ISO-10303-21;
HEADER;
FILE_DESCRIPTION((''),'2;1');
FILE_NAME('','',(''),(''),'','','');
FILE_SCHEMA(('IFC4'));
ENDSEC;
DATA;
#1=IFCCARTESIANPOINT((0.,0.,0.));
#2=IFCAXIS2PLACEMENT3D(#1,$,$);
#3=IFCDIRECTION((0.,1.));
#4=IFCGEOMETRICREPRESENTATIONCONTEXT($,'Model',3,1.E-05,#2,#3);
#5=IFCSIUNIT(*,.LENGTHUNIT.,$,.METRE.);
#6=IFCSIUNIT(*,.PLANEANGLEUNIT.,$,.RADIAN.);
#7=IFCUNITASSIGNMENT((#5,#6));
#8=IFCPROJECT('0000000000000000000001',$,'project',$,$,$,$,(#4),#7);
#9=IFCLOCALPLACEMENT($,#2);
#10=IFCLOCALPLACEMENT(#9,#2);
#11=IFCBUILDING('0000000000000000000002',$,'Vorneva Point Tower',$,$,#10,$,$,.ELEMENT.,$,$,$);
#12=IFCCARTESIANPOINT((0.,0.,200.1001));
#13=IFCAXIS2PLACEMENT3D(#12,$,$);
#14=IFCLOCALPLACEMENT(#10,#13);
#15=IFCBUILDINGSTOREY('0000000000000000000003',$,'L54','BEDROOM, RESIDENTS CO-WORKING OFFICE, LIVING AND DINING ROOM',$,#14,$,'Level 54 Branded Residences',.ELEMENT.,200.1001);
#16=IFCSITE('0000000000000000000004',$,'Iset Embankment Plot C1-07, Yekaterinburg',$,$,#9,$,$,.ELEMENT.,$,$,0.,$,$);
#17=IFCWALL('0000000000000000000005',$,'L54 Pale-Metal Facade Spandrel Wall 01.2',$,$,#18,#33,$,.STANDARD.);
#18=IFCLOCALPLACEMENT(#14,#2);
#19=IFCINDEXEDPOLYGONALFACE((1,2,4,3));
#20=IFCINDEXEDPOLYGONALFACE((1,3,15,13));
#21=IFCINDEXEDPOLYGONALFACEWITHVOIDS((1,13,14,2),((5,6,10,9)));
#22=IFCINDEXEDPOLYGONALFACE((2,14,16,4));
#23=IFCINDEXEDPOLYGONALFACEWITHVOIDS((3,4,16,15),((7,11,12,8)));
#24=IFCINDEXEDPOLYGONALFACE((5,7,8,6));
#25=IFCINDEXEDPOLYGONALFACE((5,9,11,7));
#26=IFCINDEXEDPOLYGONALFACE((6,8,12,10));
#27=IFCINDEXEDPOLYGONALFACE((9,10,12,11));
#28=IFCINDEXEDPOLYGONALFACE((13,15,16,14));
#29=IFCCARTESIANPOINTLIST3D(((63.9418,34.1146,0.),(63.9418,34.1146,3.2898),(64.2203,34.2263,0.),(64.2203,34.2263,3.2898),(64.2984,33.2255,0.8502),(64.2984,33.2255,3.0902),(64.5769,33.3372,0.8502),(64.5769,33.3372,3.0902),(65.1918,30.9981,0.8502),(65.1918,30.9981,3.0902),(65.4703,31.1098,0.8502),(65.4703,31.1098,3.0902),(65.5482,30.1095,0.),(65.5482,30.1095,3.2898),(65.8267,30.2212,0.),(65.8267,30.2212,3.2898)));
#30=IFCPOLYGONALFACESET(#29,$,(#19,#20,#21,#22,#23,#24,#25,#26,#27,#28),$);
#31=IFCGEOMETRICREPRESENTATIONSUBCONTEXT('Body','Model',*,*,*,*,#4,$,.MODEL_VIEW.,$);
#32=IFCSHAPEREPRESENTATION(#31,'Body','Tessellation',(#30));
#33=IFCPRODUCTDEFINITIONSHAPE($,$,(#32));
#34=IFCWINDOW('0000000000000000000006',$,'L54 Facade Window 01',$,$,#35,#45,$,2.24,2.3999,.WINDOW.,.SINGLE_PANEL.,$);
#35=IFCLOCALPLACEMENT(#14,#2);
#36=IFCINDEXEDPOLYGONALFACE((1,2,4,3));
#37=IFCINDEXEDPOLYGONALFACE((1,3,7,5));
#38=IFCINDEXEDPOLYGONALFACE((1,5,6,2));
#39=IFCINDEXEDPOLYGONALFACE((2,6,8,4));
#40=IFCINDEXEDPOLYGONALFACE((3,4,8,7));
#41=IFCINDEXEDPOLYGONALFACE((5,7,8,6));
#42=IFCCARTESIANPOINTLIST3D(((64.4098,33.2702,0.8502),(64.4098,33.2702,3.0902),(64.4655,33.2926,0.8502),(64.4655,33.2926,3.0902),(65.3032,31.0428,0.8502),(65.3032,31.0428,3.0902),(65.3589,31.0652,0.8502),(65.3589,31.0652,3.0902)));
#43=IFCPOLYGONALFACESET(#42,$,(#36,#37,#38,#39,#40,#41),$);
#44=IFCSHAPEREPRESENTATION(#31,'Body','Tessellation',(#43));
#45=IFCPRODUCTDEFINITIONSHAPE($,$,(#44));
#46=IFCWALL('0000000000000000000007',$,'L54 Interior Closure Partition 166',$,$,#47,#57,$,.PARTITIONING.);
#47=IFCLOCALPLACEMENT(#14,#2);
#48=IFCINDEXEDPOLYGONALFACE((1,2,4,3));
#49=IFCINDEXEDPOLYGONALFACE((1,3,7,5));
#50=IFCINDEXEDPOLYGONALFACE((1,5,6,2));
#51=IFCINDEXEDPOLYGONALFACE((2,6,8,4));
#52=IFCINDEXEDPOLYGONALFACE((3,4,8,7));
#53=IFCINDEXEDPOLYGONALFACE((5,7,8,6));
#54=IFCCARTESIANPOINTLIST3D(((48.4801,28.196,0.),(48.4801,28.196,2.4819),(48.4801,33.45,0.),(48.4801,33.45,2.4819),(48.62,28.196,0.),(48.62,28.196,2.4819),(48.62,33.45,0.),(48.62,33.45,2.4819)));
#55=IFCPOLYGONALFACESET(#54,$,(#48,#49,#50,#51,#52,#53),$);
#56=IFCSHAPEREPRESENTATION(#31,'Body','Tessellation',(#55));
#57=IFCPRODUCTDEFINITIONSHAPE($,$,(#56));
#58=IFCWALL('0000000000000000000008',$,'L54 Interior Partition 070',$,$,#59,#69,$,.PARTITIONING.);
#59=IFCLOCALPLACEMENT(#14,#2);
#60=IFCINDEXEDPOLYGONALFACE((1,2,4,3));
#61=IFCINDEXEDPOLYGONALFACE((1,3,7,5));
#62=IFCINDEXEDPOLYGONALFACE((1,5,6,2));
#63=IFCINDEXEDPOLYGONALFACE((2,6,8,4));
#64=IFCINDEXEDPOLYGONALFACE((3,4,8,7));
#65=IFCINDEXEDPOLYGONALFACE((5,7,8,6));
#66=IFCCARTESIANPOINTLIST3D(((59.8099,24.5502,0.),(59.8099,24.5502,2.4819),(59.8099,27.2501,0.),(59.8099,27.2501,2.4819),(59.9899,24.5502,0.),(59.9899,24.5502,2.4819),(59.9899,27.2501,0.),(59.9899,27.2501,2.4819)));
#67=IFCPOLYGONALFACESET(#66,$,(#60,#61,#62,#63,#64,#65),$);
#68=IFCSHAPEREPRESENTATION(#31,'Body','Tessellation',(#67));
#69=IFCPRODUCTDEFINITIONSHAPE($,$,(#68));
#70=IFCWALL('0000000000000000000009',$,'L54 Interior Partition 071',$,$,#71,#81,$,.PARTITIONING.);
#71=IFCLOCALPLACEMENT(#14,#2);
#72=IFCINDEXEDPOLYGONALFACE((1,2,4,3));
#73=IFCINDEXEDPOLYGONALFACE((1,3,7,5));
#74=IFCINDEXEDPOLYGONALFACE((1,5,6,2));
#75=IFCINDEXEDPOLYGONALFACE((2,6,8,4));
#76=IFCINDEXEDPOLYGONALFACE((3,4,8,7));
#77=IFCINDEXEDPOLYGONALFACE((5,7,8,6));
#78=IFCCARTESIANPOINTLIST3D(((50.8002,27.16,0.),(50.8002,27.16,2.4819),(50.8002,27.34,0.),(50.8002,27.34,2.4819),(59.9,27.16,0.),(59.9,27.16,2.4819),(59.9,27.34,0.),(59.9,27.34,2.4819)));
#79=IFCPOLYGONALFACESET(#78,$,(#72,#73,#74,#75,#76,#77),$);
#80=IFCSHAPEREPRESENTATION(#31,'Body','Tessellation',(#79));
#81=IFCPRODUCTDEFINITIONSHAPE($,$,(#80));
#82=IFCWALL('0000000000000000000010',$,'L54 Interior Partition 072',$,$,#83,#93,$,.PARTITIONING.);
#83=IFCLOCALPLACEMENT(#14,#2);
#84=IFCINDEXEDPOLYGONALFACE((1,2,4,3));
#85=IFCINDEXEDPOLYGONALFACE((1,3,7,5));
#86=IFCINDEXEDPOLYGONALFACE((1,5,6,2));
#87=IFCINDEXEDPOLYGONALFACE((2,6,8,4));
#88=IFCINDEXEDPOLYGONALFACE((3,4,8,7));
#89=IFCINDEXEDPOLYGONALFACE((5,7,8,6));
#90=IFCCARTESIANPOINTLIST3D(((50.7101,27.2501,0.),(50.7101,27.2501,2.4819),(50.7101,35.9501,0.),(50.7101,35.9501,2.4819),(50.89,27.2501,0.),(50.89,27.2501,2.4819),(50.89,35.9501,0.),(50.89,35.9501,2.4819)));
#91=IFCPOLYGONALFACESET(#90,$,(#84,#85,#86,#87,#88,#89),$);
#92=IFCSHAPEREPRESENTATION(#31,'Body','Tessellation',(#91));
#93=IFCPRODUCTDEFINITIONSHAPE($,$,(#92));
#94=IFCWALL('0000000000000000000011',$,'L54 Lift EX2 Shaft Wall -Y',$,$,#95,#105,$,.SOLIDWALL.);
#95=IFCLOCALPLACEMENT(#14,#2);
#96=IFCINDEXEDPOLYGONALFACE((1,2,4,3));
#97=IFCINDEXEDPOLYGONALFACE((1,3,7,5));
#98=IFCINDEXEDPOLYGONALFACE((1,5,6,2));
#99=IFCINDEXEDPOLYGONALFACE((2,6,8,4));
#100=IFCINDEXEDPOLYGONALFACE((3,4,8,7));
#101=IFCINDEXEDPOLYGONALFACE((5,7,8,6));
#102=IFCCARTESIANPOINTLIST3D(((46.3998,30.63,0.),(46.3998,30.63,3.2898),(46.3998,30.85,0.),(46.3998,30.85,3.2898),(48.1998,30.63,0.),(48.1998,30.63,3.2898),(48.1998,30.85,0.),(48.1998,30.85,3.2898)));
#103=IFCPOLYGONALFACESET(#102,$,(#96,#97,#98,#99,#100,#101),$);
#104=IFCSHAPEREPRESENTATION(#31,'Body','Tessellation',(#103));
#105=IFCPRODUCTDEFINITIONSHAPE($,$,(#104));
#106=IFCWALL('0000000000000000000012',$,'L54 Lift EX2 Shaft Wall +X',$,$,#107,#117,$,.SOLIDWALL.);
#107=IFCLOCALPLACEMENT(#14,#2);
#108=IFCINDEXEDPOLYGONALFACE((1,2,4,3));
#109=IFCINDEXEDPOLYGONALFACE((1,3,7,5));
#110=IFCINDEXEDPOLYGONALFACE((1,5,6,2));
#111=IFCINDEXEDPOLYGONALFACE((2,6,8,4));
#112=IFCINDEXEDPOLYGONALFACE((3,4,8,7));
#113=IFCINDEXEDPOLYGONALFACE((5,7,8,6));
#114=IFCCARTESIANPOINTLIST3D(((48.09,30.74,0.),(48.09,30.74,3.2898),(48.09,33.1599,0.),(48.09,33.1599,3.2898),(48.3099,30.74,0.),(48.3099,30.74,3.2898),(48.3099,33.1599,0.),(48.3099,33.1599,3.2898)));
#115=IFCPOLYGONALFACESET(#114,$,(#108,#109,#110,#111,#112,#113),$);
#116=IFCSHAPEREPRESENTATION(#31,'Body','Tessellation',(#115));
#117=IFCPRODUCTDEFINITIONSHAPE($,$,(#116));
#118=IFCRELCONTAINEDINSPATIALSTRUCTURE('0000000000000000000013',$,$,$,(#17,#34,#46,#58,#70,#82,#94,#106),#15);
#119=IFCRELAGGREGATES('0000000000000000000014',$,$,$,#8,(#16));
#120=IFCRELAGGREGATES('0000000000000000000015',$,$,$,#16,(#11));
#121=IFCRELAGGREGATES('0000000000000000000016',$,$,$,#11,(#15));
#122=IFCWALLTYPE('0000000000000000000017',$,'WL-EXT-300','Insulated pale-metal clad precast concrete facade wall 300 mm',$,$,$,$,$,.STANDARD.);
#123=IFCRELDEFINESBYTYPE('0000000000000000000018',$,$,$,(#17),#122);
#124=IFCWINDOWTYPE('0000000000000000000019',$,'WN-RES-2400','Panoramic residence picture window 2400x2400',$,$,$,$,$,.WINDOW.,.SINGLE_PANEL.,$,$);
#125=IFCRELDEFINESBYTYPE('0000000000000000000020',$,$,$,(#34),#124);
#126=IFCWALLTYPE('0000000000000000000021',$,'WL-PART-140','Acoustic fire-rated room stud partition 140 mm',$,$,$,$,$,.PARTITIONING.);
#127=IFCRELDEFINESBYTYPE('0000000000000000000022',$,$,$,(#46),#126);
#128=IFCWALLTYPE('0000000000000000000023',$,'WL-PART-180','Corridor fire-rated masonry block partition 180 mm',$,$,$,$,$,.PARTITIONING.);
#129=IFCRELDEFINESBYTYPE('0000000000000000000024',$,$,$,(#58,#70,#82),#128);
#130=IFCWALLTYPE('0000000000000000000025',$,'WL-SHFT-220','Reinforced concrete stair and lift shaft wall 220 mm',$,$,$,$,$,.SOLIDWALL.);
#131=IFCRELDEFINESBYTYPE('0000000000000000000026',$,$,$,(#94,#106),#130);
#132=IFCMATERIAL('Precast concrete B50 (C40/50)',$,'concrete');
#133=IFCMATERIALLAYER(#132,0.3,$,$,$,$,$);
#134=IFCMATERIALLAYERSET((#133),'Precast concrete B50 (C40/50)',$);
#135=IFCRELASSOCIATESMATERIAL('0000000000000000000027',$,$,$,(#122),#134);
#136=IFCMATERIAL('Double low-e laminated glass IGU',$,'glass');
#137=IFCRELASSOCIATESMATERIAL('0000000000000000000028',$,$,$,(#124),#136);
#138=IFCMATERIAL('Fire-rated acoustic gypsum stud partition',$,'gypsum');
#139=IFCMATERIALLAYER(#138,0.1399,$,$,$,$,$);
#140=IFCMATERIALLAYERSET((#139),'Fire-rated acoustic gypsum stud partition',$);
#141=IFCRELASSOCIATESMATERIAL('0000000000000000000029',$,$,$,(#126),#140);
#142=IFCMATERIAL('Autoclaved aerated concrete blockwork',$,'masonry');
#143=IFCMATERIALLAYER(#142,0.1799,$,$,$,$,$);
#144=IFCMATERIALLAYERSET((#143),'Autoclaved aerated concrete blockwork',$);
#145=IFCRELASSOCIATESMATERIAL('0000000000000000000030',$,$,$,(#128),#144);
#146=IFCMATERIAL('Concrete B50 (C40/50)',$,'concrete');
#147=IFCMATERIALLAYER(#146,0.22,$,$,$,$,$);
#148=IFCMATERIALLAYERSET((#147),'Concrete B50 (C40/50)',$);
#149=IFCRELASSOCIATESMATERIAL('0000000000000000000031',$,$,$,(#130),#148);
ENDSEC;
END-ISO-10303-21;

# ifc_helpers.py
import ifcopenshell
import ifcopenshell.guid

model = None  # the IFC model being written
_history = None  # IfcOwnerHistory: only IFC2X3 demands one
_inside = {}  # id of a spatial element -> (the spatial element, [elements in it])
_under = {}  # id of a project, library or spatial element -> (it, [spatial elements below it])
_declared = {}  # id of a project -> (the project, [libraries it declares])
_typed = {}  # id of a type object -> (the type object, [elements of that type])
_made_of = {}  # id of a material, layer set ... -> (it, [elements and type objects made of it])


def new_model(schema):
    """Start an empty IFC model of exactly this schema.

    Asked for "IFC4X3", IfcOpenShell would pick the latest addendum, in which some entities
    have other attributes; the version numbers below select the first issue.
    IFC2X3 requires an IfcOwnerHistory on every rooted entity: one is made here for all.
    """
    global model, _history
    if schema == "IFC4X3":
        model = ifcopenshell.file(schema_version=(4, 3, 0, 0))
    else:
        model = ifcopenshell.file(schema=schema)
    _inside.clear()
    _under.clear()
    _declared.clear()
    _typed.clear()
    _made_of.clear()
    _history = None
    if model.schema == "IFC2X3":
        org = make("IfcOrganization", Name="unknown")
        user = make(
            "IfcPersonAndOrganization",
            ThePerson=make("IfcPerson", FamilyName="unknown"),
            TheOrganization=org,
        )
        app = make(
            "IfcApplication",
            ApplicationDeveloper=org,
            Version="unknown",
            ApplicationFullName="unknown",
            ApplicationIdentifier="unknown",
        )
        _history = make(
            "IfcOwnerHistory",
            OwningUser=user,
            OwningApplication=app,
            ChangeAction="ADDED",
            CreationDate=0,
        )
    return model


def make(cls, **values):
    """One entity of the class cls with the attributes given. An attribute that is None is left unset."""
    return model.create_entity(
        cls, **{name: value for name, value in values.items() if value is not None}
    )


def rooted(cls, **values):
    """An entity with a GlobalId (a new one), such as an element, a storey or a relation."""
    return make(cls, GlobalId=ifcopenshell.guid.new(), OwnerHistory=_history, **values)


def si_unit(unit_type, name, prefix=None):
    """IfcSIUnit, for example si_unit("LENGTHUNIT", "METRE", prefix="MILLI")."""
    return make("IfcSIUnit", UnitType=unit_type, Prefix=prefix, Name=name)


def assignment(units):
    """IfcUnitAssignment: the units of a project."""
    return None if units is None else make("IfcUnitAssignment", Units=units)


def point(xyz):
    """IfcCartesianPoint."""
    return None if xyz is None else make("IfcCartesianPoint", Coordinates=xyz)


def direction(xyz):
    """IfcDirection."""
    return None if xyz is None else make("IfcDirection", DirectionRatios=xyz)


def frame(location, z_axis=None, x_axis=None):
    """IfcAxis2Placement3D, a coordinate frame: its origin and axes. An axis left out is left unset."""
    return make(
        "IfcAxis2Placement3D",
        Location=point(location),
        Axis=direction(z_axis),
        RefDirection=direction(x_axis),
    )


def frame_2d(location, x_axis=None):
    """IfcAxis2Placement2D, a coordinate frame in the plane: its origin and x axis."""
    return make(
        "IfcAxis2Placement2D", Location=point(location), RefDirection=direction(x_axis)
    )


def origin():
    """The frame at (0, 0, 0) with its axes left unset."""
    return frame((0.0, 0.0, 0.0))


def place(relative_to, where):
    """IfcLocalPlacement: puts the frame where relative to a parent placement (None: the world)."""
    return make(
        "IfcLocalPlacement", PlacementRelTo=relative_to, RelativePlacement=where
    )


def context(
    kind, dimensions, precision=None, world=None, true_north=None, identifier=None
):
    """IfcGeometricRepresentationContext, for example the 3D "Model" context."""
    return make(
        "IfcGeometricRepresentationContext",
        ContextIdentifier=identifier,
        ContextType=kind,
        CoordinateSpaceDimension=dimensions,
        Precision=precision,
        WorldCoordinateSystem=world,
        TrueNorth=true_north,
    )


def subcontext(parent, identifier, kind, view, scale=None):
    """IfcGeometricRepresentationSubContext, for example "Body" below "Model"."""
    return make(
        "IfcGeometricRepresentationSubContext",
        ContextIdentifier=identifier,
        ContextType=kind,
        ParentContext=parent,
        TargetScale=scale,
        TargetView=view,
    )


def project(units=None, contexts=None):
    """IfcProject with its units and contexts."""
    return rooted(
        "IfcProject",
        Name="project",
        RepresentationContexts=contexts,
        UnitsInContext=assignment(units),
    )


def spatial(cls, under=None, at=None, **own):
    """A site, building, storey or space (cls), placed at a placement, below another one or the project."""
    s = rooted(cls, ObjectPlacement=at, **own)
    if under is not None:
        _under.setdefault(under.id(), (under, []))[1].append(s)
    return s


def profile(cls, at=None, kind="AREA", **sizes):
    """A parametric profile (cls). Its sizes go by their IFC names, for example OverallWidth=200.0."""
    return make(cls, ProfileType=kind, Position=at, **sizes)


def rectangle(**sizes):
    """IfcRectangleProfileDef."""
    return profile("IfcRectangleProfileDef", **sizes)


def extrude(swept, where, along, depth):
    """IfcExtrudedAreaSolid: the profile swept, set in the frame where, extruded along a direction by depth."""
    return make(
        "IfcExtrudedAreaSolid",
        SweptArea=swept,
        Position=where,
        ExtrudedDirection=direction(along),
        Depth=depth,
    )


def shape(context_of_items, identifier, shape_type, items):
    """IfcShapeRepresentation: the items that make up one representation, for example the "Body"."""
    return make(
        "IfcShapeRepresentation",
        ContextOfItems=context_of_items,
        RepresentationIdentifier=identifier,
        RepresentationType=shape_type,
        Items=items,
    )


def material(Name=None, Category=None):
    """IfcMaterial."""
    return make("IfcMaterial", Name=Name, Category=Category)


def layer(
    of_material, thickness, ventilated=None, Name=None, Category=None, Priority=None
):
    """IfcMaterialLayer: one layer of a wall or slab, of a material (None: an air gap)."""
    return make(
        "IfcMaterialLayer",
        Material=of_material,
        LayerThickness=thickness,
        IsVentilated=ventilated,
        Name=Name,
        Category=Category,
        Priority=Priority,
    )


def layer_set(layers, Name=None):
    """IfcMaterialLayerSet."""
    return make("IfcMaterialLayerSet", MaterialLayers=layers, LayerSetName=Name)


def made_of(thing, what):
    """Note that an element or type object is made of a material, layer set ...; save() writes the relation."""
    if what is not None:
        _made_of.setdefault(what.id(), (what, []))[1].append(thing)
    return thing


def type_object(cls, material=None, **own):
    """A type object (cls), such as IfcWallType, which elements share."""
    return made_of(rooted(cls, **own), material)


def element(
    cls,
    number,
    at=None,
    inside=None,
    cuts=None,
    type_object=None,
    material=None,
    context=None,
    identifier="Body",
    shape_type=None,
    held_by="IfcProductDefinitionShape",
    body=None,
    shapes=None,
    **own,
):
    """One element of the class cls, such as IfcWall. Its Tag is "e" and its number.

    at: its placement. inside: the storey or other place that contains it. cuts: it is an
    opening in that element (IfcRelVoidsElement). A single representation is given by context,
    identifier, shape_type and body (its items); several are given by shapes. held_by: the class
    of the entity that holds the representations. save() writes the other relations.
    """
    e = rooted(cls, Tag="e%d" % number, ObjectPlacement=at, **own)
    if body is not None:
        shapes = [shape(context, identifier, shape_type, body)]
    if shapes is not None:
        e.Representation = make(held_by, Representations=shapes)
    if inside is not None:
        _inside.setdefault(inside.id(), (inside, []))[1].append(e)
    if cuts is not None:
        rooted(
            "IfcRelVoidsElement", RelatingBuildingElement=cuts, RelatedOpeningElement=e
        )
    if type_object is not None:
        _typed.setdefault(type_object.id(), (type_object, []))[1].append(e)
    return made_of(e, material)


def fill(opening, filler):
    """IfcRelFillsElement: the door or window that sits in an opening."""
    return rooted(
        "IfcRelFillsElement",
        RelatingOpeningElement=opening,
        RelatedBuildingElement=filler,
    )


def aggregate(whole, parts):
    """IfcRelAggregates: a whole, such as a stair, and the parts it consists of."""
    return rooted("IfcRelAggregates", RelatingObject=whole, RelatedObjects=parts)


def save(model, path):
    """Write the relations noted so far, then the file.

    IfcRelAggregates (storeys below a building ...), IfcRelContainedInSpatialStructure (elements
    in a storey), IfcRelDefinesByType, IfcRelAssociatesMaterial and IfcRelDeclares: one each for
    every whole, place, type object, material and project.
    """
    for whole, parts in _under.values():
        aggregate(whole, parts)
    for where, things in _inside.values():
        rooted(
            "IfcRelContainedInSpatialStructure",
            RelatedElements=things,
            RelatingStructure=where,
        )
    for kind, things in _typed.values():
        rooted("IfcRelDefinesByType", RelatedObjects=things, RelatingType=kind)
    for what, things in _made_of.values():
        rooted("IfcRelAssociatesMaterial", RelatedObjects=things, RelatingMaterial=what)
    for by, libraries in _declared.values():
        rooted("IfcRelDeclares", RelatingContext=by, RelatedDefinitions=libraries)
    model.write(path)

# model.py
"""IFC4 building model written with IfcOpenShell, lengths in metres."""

from ifc_helpers import new_model, si_unit, direction, frame, frame_2d, origin, place, context, subcontext, project, spatial, rectangle, extrude, material, layer, layer_set, type_object, element, fill, save


model = new_model("IFC4")

# Units and contexts
model_context = context("Model", 3, precision=1e-05, world=origin(), true_north=direction((0.0, 1.0)))
body_context = subcontext(model_context, "Body", "Model", "MODEL_VIEW")
ifc_project = project(units=[si_unit("LENGTHUNIT", "METRE"), si_unit("PLANEANGLEUNIT", "RADIAN")], contexts=[model_context])

# Site, building, storey
site_placement = place(None, origin())
site = spatial("IfcSite", under=ifc_project, at=site_placement, Name="Iset Embankment Plot C1-07, Yekaterinburg", CompositionType="ELEMENT", RefElevation=0.0)
building_placement = place(site_placement, origin())
building = spatial("IfcBuilding", under=site, at=building_placement, Name="Vorneva Point Tower", CompositionType="ELEMENT")
storey_placement = place(building_placement, frame((0.0, 0.0, 200.1001)))
storey = spatial("IfcBuildingStorey", under=building, at=storey_placement, Name="L54", Description="BEDROOM, RESIDENTS CO-WORKING OFFICE, LIVING AND DINING ROOM", LongName="Level 54 Branded Residences", CompositionType="ELEMENT", Elevation=200.1001)

# Shared definitions
ifc_material_1 = material(Name="Concrete B50 (C40/50)", Category="concrete")

# Shared definitions
ifc_material_2 = material(Name="Precast concrete B50 (C40/50)", Category="concrete")
ifc_layer_1 = layer(ifc_material_2, 0.3)
ifc_layer_set_1 = layer_set([ifc_layer_1], Name="Precast concrete B50 (C40/50)")
wall_type_1 = type_object("IfcWallType", Name="WL-EXT-300", Description="Insulated pale-metal clad precast concrete facade wall 300 mm", PredefinedType="STANDARD", material=ifc_layer_set_1)

# Wall, opening, window
wall_1_placement = place(storey_placement, frame((65.6875, 30.1653, 0.0), z_axis=(0.0, 0.0, 1.0), x_axis=(-0.372268, 0.928125, 0.0)))
wall_1 = element("IfcWall", 1, at=wall_1_placement, inside=storey, type_object=wall_type_1, Name="L54 Pale-Metal Facade Spandrel Wall 01.2", PredefinedType="STANDARD", context=body_context, shape_type="SweptSolid", body=[
    extrude(rectangle(XDim=4.3152, YDim=0.3, at=frame_2d((2.1577, 0.0))), origin(), (0.0, 0.0, 1.0), 3.2898),
])
opening_1_placement = place(wall_1_placement, frame((0.9575, 0.0, 0.8501)))
opening_1 = element("IfcOpeningElement", 2, at=opening_1_placement, cuts=wall_1, PredefinedType="OPENING", context=body_context, shape_type="SweptSolid", body=[
    extrude(rectangle(XDim=2.3999, YDim=2.24, at=frame_2d((1.2, 1.1201))), frame((0.0, 0.165, 0.0), z_axis=(0.0, -1.0, 0.0), x_axis=(1.0, 0.0, 0.0)), (0.0, 0.0, 1.0), 0.3298),
])
ifc_material_3 = material(Name="Double low-e laminated glass IGU", Category="glass")
window_type = type_object("IfcWindowType", Name="WN-RES-2400", Description="Panoramic residence picture window 2400x2400", PartitioningType="SINGLE_PANEL", PredefinedType="WINDOW", material=ifc_material_3)
window_placement = place(opening_1_placement, origin())
window = element("IfcWindow", 3, at=window_placement, inside=storey, type_object=window_type, Name="L54 Facade Window 01", OverallHeight=2.24, OverallWidth=2.3999, PartitioningType="SINGLE_PANEL", PredefinedType="WINDOW", context=body_context, shape_type="SweptSolid", body=[
    extrude(rectangle(XDim=2.3999, YDim=2.24, at=frame_2d((1.2, 1.1201))), frame((0.0, 0.03, 0.0), z_axis=(0.0, -1.0, 0.0), x_axis=(1.0, 0.0, 0.0)), (0.0, 0.0, 1.0), 0.0601),
])
fill(opening_1, window)

# Walls
ifc_material_4 = material(Name="Fire-rated acoustic gypsum stud partition", Category="gypsum")
ifc_layer_2 = layer(ifc_material_4, 0.1399)
ifc_layer_set_2 = layer_set([ifc_layer_2], Name="Fire-rated acoustic gypsum stud partition")
wall_type_2 = type_object("IfcWallType", Name="WL-PART-140", Description="Acoustic fire-rated room stud partition 140 mm", PredefinedType="PARTITIONING", material=ifc_layer_set_2)
wall_2_placement = place(storey_placement, frame((48.55, 28.196, 0.0), z_axis=(0.0, 0.0, 1.0), x_axis=(0.0, 1.0, 0.0)))
element("IfcWall", 4, at=wall_2_placement, inside=storey, type_object=wall_type_2, Name="L54 Interior Closure Partition 166", PredefinedType="PARTITIONING", context=body_context, shape_type="SweptSolid", body=[
    extrude(rectangle(XDim=5.2539, YDim=0.1399, at=frame_2d((2.627, 0.0))), origin(), (0.0, 0.0, 1.0), 2.4819),
])
ifc_material_5 = material(Name="Autoclaved aerated concrete blockwork", Category="masonry")
ifc_layer_3 = layer(ifc_material_5, 0.1799)
ifc_layer_set_3 = layer_set([ifc_layer_3], Name="Autoclaved aerated concrete blockwork")
wall_type_3 = type_object("IfcWallType", Name="WL-PART-180", Description="Corridor fire-rated masonry block partition 180 mm", PredefinedType="PARTITIONING", material=ifc_layer_set_3)
wall_3_placement = place(storey_placement, frame((59.8999, 24.55, 0.0), z_axis=(0.0, 0.0, 1.0), x_axis=(0.0, 1.0, 0.0)))
element("IfcWall", 5, at=wall_3_placement, inside=storey, type_object=wall_type_3, Name="L54 Interior Partition 070", PredefinedType="PARTITIONING", context=body_context, shape_type="SweptSolid", body=[
    extrude(rectangle(XDim=2.7, YDim=0.1799, at=frame_2d((1.3501, 0.0))), origin(), (0.0, 0.0, 1.0), 2.4819),
])
wall_4_placement = place(storey_placement, frame((59.8999, 27.25, 0.0), z_axis=(0.0, 0.0, 1.0), x_axis=(-1.0, 0.0, 0.0)))
element("IfcWall", 6, at=wall_4_placement, inside=storey, type_object=wall_type_3, Name="L54 Interior Partition 071", PredefinedType="PARTITIONING", context=body_context, shape_type="SweptSolid", body=[
    extrude(rectangle(XDim=9.0999, YDim=0.1799, at=frame_2d((4.5498, 0.0))), origin(), (0.0, 0.0, 1.0), 2.4819),
])
wall_5_placement = place(storey_placement, frame((50.8, 27.25, 0.0), z_axis=(0.0, 0.0, 1.0), x_axis=(0.0, 1.0, 0.0)))
element("IfcWall", 7, at=wall_5_placement, inside=storey, type_object=wall_type_3, Name="L54 Interior Partition 072", PredefinedType="PARTITIONING", context=body_context, shape_type="SweptSolid", body=[
    extrude(rectangle(XDim=8.7, YDim=0.1799, at=frame_2d((4.3501, 0.0))), origin(), (0.0, 0.0, 1.0), 2.4819),
])
ifc_layer_4 = layer(ifc_material_1, 0.22)
ifc_layer_set_4 = layer_set([ifc_layer_4], Name="Concrete B50 (C40/50)")
wall_type_4 = type_object("IfcWallType", Name="WL-SHFT-220", Description="Reinforced concrete stair and lift shaft wall 220 mm", PredefinedType="SOLIDWALL", material=ifc_layer_set_4)
wall_6_placement = place(storey_placement, frame((46.3999, 30.74, 0.0), z_axis=(0.0, 0.0, 1.0), x_axis=(1.0, 0.0, 0.0)))
element("IfcWall", 8, at=wall_6_placement, inside=storey, type_object=wall_type_4, Name="L54 Lift EX2 Shaft Wall -Y", PredefinedType="SOLIDWALL", context=body_context, shape_type="SweptSolid", body=[
    extrude(rectangle(XDim=1.8, YDim=0.22, at=frame_2d((0.8999, 0.0))), origin(), (0.0, 0.0, 1.0), 3.2898),
])
wall_7_placement = place(storey_placement, frame((48.2, 30.74, 0.0), z_axis=(0.0, 0.0, 1.0), x_axis=(0.0, 1.0, 0.0)))
element("IfcWall", 9, at=wall_7_placement, inside=storey, type_object=wall_type_4, Name="L54 Lift EX2 Shaft Wall +X", PredefinedType="SOLIDWALL", context=body_context, shape_type="SweptSolid", body=[
    extrude(rectangle(XDim=2.4199, YDim=0.22, at=frame_2d((1.21, 0.0))), origin(), (0.0, 0.0, 1.0), 3.2898),
])

save(model, "model.ifc")
